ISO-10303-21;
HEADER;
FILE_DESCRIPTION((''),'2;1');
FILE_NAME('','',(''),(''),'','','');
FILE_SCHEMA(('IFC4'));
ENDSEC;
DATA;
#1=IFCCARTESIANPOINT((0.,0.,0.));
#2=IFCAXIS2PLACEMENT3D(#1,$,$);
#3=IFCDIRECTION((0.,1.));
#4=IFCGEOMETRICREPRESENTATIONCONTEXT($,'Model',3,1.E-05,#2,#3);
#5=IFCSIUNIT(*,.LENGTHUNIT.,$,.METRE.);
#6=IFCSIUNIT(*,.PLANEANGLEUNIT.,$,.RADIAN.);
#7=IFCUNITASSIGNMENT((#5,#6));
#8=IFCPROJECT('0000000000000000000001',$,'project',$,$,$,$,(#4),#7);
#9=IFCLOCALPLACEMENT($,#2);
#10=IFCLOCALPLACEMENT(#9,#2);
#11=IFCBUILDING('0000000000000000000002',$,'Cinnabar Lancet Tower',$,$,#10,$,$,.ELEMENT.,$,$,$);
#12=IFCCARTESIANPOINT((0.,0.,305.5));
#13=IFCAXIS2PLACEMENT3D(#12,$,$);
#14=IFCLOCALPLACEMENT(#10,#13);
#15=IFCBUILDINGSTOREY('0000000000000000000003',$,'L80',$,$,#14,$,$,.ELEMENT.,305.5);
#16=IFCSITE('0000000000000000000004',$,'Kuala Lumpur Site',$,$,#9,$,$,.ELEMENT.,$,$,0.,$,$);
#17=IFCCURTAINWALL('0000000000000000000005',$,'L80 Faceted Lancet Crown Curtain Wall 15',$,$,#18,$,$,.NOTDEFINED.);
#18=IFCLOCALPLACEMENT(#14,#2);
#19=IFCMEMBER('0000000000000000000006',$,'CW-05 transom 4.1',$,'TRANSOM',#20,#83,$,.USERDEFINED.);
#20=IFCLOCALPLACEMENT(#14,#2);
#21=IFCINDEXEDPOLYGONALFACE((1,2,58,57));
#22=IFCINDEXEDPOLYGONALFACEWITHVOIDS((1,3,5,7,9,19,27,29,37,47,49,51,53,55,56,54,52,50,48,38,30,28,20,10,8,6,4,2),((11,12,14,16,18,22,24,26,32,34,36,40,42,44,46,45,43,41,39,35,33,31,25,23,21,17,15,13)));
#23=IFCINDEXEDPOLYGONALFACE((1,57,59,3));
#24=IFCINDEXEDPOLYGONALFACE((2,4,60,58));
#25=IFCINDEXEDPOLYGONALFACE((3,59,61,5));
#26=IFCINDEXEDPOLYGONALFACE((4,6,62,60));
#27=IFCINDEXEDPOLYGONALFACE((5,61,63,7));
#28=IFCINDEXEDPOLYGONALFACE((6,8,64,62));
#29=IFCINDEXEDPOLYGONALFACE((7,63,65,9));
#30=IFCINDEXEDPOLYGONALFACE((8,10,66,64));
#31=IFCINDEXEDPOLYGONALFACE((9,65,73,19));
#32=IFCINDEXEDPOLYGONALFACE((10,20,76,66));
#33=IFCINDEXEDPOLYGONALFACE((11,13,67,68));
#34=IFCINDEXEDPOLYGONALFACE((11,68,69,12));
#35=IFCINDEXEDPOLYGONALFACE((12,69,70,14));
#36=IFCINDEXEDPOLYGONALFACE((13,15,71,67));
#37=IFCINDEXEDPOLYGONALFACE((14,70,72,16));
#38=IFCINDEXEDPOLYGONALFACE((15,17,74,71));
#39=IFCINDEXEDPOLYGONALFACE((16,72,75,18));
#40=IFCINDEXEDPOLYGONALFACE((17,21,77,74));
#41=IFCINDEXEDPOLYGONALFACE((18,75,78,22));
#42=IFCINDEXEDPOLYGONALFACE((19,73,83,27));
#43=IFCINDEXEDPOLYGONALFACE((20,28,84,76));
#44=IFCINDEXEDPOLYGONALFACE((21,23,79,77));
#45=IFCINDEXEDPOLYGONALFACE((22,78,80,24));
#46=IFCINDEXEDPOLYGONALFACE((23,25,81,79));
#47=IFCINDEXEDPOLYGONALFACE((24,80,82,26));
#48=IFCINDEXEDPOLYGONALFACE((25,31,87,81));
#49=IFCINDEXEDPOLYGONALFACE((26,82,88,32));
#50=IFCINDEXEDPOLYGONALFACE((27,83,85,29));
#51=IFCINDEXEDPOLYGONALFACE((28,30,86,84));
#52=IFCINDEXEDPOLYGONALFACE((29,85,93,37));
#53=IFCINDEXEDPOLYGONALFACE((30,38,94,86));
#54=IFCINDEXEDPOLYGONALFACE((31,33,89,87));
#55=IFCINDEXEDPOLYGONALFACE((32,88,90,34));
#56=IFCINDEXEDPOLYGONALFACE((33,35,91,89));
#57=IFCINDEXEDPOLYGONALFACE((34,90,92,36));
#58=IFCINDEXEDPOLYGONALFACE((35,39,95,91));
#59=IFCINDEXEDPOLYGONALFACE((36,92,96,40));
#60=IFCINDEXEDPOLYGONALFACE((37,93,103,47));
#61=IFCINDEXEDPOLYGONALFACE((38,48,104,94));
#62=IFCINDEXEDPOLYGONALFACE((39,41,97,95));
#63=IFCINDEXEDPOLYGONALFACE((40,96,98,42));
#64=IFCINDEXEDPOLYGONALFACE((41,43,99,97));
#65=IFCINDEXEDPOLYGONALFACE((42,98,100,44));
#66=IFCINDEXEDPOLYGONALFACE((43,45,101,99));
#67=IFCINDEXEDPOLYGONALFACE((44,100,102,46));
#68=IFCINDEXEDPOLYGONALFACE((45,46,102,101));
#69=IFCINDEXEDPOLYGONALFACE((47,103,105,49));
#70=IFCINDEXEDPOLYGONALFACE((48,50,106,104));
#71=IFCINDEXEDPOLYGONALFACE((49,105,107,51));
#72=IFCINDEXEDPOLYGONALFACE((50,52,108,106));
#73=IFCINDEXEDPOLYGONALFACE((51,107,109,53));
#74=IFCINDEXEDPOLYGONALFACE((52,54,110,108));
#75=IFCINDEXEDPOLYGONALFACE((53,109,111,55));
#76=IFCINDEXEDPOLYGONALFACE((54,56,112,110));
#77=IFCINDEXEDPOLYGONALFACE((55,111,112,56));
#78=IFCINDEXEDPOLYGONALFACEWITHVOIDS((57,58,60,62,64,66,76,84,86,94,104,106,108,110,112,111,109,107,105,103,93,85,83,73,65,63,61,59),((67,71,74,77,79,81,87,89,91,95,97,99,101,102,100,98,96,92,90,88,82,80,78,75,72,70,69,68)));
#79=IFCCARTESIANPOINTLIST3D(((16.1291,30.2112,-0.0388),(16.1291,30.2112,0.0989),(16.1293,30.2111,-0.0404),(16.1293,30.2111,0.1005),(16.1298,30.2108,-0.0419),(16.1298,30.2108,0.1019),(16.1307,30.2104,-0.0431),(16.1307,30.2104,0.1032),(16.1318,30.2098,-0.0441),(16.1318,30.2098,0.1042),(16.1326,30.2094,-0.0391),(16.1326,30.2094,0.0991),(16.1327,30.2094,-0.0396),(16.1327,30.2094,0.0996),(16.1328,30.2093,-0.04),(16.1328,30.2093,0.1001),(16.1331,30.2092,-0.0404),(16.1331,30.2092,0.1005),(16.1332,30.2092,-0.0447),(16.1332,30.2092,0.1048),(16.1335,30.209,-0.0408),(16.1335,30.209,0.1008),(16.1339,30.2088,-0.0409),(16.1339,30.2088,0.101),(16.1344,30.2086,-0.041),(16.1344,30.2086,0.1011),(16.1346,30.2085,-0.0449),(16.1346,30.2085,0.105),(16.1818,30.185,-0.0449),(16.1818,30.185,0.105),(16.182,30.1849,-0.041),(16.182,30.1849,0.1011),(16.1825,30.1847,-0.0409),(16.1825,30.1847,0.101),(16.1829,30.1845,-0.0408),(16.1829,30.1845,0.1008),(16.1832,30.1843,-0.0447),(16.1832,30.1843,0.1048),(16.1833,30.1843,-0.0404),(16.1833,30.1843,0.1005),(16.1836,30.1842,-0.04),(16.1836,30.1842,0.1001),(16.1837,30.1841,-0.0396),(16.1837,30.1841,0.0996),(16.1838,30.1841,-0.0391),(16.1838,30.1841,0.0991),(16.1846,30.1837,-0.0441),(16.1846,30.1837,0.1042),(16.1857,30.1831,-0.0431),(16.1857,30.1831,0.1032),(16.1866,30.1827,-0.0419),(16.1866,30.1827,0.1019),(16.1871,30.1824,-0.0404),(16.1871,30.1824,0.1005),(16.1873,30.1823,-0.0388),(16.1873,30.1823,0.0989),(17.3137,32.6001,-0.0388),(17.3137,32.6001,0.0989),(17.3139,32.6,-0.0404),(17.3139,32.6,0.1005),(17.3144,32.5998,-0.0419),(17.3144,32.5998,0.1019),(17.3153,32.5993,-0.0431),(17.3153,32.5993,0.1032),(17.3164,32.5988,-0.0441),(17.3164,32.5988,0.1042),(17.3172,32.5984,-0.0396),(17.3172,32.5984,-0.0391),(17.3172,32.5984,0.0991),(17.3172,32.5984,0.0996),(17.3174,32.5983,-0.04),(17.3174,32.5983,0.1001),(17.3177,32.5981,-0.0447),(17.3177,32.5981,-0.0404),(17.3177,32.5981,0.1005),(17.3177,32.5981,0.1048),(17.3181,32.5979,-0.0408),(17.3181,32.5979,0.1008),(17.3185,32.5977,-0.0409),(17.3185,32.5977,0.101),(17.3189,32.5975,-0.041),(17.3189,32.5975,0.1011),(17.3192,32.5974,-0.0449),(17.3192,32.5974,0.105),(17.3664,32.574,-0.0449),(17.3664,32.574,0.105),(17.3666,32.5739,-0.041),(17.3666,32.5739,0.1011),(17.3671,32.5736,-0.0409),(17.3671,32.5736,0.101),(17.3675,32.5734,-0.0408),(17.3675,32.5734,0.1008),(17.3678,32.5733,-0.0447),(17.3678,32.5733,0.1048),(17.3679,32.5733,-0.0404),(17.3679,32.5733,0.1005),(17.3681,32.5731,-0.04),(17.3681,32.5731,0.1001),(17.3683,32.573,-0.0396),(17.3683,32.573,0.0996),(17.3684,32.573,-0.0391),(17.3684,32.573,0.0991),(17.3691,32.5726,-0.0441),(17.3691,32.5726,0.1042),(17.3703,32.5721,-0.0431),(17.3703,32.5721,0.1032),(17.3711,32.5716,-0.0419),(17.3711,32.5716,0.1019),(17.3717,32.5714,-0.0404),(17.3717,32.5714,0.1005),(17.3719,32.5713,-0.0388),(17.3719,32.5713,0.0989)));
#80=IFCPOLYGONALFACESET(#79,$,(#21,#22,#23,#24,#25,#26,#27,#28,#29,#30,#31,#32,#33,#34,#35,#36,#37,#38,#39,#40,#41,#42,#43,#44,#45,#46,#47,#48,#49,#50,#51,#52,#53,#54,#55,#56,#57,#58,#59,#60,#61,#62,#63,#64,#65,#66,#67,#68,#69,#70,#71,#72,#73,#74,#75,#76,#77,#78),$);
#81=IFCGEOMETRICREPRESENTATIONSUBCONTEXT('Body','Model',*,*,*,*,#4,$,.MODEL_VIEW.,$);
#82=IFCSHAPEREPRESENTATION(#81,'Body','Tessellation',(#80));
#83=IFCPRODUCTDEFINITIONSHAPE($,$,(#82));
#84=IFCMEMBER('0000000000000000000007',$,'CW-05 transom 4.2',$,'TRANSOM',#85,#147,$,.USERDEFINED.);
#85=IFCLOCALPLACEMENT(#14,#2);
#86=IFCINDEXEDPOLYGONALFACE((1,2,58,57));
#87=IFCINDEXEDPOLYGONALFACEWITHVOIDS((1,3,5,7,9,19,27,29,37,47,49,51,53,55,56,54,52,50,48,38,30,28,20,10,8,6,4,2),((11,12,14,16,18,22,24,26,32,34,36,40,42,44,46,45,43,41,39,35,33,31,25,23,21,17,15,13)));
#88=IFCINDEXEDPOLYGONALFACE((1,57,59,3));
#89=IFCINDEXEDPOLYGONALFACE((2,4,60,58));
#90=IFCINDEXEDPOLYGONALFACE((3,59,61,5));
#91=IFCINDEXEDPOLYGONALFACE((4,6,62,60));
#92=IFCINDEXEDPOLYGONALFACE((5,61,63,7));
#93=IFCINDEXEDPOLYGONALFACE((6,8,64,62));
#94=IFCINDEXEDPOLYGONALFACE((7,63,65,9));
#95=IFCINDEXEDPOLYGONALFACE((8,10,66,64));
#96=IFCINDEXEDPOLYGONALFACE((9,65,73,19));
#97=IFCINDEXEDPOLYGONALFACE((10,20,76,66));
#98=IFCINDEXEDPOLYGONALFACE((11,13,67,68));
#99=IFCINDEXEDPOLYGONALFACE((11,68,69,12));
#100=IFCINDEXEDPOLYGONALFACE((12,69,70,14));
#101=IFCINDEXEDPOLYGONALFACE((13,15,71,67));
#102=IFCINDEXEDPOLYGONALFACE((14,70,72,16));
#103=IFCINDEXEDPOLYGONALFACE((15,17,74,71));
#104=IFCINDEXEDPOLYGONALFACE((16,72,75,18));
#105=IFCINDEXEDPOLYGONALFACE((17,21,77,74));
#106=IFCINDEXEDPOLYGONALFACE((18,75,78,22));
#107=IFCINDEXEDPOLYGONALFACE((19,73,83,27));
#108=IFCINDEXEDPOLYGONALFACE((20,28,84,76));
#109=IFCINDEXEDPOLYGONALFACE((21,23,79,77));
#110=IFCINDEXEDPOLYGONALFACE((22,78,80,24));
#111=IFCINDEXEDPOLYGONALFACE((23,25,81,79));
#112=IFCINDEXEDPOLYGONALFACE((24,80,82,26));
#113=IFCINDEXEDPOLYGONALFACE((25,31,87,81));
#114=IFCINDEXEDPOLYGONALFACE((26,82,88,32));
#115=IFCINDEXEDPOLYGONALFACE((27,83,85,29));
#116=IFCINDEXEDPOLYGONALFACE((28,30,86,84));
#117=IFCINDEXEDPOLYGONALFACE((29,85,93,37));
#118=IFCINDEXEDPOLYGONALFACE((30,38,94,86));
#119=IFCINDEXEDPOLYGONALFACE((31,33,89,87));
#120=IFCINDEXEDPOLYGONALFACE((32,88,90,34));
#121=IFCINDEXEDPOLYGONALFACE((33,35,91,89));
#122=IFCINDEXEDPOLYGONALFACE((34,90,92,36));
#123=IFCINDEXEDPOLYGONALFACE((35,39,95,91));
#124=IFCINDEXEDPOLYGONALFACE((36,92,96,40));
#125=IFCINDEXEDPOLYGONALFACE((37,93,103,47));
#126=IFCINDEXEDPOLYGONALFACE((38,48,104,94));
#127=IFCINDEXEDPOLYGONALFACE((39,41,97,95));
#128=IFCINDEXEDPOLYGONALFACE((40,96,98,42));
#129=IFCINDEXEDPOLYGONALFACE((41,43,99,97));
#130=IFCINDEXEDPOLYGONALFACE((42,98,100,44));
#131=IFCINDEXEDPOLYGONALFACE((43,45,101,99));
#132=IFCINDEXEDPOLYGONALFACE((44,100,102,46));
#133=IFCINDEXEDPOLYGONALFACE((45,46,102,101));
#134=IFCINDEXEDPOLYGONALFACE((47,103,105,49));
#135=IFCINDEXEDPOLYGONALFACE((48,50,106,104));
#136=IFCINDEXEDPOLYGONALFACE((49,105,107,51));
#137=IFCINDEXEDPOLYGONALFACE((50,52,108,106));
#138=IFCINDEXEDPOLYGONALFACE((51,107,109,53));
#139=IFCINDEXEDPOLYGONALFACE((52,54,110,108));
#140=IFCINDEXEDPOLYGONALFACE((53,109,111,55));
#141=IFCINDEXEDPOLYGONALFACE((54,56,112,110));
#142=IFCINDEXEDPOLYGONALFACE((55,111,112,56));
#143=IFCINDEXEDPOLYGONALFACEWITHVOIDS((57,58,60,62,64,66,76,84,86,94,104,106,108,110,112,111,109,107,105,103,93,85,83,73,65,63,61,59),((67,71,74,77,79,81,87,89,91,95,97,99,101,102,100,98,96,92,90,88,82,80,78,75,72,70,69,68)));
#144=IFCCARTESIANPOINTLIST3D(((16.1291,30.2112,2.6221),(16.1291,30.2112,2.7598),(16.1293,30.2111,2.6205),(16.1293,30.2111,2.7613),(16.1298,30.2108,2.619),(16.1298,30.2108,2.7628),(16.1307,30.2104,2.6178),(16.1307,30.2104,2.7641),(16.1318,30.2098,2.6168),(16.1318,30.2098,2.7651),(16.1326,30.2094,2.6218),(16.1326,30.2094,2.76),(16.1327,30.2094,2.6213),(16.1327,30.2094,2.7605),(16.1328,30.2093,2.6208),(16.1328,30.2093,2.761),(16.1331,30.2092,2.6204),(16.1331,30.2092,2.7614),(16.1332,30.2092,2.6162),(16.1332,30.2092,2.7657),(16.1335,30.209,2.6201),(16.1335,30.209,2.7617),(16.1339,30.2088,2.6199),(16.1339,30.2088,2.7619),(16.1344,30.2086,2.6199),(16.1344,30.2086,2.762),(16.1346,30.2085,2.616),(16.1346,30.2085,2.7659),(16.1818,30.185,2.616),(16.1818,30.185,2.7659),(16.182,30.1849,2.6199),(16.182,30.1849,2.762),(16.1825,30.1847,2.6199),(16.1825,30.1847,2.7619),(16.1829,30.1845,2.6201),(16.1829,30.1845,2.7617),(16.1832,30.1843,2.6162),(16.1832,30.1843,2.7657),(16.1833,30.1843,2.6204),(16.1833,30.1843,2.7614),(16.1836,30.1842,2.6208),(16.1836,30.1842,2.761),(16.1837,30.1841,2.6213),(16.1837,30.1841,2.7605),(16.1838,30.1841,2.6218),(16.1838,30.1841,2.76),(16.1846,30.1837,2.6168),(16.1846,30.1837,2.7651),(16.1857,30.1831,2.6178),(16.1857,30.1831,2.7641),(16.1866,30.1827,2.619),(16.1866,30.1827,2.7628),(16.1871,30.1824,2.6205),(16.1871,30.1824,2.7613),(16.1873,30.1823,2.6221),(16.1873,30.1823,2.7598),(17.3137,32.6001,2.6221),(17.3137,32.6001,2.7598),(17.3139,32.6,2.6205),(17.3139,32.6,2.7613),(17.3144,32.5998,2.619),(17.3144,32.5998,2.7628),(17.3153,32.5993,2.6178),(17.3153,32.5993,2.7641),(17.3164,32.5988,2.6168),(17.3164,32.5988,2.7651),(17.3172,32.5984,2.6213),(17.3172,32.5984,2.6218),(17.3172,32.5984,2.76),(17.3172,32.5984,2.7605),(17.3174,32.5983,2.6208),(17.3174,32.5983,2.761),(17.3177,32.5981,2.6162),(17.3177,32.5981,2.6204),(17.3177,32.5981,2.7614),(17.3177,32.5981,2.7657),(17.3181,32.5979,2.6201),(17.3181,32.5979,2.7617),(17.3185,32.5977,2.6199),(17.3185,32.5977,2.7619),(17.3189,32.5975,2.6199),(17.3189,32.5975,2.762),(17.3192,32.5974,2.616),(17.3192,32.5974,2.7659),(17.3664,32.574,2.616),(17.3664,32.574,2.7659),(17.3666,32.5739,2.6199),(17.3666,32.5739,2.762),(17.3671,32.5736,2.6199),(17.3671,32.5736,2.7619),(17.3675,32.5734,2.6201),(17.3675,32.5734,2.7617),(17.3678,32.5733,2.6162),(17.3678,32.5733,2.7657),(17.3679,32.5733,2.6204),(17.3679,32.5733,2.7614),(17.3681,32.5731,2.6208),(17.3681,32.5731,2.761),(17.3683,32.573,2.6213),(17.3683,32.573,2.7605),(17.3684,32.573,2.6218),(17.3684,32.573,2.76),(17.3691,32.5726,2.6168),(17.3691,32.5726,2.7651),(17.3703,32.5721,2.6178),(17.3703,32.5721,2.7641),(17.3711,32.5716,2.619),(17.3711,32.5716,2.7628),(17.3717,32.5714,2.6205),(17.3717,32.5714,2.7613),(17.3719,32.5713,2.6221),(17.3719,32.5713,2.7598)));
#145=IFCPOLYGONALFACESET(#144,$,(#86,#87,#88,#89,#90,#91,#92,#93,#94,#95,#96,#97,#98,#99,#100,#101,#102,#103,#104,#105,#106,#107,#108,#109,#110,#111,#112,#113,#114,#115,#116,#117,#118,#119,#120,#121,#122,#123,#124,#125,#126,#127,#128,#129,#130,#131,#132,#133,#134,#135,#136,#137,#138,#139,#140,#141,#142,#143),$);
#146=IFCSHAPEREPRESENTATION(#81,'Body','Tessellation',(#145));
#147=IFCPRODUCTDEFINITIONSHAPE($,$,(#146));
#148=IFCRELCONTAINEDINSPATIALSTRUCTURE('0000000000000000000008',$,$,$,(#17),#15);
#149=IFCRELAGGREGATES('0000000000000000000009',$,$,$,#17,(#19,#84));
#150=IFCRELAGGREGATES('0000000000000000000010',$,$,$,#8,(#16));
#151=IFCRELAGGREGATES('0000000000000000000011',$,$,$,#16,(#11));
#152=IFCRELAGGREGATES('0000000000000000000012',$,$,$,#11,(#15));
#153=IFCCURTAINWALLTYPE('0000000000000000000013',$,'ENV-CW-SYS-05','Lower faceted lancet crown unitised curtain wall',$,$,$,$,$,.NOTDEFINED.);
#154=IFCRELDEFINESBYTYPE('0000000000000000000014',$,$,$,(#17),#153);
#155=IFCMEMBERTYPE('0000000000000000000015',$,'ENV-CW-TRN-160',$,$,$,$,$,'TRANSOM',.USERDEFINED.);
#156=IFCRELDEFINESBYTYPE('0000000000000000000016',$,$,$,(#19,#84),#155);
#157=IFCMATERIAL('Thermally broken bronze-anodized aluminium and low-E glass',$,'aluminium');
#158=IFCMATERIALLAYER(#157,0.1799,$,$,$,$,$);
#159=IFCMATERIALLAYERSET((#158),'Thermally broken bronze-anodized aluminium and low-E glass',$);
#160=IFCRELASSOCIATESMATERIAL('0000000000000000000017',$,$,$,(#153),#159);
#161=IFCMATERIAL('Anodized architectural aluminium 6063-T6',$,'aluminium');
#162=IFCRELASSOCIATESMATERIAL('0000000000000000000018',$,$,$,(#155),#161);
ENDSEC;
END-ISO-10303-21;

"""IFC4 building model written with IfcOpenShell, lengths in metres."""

from ifc_helpers import new_model, si_unit, direction, frame, origin, origin_2d, place, context, subcontext, project, spatial, hollow_rectangle, extrude, material, layer, layer_set, material_profile, profile_set, type_object, element, aggregate, save


model = new_model("IFC4")

# Units and contexts
model_context = context("Model", 3, precision=1e-05, world=origin(), true_north=direction((0.0, 1.0)))
body_context = subcontext(model_context, "Body", "Model", "MODEL_VIEW")
ifc_project = project(units=[si_unit("LENGTHUNIT", "METRE"), si_unit("PLANEANGLEUNIT", "RADIAN")], contexts=[model_context])

# Site, building, storey
site_placement = place(None, origin())
site = spatial("IfcSite", under=ifc_project, at=site_placement, Name="Kuala Lumpur Site", CompositionType="ELEMENT", RefElevation=0.0)
building_placement = place(site_placement, origin())
building = spatial("IfcBuilding", under=site, at=building_placement, Name="Cinnabar Lancet Tower", CompositionType="ELEMENT")
storey_placement = place(building_placement, frame((0.0, 0.0, 305.5)))
storey = spatial("IfcBuildingStorey", under=building, at=storey_placement, Name="L80", CompositionType="ELEMENT", Elevation=305.5)

# Curtain wall, members
ifc_material_1 = material(Name="Thermally broken bronze-anodized aluminium and low-E glass", Category="aluminium")
ifc_layer_1 = layer(ifc_material_1, 0.1799)
ifc_layer_set_1 = layer_set([ifc_layer_1], Name="Thermally broken bronze-anodized aluminium and low-E glass")
curtain_wall_type = type_object("IfcCurtainWallType", Name="ENV-CW-SYS-05", Description="Lower faceted lancet crown unitised curtain wall", PredefinedType="NOTDEFINED", material=ifc_layer_set_1)
curtain_wall_placement = place(storey_placement, origin())
curtain_wall = element("IfcCurtainWall", 1, at=curtain_wall_placement, inside=storey, type_object=curtain_wall_type, Name="L80 Faceted Lancet Crown Curtain Wall 15", PredefinedType="NOTDEFINED")
ifc_material_2 = material(Name="Anodized architectural aluminium 6063-T6", Category="aluminium")
ifc_material_profile_1 = material_profile(ifc_material_2, hollow_rectangle(XDim=0.0649, YDim=0.1499, WallThickness=0.0039, InnerFilletRadius=0.002, OuterFilletRadius=0.0061, at=origin_2d()), Name="CW-TRN 150x65x4")
ifc_profile_set_1 = profile_set([ifc_material_profile_1], Name="Anodized architectural aluminium 6063-T6")
member_type_1 = type_object("IfcMemberType", Name="ENV-CW-TRN-160", ElementType="TRANSOM", PredefinedType="USERDEFINED", material=ifc_profile_set_1)
member_1_placement = place(storey_placement, frame((17.3428, 32.5857, 0.03), z_axis=(-0.444245, -0.895906, 0.0), x_axis=(0.895906, -0.444245, 0.0)))
member_1 = element("IfcMember", 2, at=member_1_placement, type_object=member_type_1, Name="CW-05 transom 4.1", ObjectType="TRANSOM", PredefinedType="USERDEFINED", context=body_context, shape_type="SweptSolid", body=[
    extrude(hollow_rectangle(XDim=0.0649, YDim=0.1499, WallThickness=0.0039, InnerFilletRadius=0.002, OuterFilletRadius=0.0061, at=origin_2d()), origin(), (0.0, 0.0, 1.0), 2.6665),
])
member_2_placement = place(storey_placement, frame((17.3428, 32.5857, 2.6909), z_axis=(-0.444245, -0.895906, 0.0), x_axis=(0.895906, -0.444245, 0.0)))
member_2 = element("IfcMember", 3, at=member_2_placement, type_object=member_type_1, Name="CW-05 transom 4.2", ObjectType="TRANSOM", PredefinedType="USERDEFINED", context=body_context, shape_type="SweptSolid", body=[
    extrude(hollow_rectangle(XDim=0.0649, YDim=0.1499, WallThickness=0.0039, InnerFilletRadius=0.002, OuterFilletRadius=0.0061, at=origin_2d()), origin(), (0.0, 0.0, 1.0), 2.6665),
])

aggregate(curtain_wall, [member_1, member_2])

save(model, "model.ifc")
